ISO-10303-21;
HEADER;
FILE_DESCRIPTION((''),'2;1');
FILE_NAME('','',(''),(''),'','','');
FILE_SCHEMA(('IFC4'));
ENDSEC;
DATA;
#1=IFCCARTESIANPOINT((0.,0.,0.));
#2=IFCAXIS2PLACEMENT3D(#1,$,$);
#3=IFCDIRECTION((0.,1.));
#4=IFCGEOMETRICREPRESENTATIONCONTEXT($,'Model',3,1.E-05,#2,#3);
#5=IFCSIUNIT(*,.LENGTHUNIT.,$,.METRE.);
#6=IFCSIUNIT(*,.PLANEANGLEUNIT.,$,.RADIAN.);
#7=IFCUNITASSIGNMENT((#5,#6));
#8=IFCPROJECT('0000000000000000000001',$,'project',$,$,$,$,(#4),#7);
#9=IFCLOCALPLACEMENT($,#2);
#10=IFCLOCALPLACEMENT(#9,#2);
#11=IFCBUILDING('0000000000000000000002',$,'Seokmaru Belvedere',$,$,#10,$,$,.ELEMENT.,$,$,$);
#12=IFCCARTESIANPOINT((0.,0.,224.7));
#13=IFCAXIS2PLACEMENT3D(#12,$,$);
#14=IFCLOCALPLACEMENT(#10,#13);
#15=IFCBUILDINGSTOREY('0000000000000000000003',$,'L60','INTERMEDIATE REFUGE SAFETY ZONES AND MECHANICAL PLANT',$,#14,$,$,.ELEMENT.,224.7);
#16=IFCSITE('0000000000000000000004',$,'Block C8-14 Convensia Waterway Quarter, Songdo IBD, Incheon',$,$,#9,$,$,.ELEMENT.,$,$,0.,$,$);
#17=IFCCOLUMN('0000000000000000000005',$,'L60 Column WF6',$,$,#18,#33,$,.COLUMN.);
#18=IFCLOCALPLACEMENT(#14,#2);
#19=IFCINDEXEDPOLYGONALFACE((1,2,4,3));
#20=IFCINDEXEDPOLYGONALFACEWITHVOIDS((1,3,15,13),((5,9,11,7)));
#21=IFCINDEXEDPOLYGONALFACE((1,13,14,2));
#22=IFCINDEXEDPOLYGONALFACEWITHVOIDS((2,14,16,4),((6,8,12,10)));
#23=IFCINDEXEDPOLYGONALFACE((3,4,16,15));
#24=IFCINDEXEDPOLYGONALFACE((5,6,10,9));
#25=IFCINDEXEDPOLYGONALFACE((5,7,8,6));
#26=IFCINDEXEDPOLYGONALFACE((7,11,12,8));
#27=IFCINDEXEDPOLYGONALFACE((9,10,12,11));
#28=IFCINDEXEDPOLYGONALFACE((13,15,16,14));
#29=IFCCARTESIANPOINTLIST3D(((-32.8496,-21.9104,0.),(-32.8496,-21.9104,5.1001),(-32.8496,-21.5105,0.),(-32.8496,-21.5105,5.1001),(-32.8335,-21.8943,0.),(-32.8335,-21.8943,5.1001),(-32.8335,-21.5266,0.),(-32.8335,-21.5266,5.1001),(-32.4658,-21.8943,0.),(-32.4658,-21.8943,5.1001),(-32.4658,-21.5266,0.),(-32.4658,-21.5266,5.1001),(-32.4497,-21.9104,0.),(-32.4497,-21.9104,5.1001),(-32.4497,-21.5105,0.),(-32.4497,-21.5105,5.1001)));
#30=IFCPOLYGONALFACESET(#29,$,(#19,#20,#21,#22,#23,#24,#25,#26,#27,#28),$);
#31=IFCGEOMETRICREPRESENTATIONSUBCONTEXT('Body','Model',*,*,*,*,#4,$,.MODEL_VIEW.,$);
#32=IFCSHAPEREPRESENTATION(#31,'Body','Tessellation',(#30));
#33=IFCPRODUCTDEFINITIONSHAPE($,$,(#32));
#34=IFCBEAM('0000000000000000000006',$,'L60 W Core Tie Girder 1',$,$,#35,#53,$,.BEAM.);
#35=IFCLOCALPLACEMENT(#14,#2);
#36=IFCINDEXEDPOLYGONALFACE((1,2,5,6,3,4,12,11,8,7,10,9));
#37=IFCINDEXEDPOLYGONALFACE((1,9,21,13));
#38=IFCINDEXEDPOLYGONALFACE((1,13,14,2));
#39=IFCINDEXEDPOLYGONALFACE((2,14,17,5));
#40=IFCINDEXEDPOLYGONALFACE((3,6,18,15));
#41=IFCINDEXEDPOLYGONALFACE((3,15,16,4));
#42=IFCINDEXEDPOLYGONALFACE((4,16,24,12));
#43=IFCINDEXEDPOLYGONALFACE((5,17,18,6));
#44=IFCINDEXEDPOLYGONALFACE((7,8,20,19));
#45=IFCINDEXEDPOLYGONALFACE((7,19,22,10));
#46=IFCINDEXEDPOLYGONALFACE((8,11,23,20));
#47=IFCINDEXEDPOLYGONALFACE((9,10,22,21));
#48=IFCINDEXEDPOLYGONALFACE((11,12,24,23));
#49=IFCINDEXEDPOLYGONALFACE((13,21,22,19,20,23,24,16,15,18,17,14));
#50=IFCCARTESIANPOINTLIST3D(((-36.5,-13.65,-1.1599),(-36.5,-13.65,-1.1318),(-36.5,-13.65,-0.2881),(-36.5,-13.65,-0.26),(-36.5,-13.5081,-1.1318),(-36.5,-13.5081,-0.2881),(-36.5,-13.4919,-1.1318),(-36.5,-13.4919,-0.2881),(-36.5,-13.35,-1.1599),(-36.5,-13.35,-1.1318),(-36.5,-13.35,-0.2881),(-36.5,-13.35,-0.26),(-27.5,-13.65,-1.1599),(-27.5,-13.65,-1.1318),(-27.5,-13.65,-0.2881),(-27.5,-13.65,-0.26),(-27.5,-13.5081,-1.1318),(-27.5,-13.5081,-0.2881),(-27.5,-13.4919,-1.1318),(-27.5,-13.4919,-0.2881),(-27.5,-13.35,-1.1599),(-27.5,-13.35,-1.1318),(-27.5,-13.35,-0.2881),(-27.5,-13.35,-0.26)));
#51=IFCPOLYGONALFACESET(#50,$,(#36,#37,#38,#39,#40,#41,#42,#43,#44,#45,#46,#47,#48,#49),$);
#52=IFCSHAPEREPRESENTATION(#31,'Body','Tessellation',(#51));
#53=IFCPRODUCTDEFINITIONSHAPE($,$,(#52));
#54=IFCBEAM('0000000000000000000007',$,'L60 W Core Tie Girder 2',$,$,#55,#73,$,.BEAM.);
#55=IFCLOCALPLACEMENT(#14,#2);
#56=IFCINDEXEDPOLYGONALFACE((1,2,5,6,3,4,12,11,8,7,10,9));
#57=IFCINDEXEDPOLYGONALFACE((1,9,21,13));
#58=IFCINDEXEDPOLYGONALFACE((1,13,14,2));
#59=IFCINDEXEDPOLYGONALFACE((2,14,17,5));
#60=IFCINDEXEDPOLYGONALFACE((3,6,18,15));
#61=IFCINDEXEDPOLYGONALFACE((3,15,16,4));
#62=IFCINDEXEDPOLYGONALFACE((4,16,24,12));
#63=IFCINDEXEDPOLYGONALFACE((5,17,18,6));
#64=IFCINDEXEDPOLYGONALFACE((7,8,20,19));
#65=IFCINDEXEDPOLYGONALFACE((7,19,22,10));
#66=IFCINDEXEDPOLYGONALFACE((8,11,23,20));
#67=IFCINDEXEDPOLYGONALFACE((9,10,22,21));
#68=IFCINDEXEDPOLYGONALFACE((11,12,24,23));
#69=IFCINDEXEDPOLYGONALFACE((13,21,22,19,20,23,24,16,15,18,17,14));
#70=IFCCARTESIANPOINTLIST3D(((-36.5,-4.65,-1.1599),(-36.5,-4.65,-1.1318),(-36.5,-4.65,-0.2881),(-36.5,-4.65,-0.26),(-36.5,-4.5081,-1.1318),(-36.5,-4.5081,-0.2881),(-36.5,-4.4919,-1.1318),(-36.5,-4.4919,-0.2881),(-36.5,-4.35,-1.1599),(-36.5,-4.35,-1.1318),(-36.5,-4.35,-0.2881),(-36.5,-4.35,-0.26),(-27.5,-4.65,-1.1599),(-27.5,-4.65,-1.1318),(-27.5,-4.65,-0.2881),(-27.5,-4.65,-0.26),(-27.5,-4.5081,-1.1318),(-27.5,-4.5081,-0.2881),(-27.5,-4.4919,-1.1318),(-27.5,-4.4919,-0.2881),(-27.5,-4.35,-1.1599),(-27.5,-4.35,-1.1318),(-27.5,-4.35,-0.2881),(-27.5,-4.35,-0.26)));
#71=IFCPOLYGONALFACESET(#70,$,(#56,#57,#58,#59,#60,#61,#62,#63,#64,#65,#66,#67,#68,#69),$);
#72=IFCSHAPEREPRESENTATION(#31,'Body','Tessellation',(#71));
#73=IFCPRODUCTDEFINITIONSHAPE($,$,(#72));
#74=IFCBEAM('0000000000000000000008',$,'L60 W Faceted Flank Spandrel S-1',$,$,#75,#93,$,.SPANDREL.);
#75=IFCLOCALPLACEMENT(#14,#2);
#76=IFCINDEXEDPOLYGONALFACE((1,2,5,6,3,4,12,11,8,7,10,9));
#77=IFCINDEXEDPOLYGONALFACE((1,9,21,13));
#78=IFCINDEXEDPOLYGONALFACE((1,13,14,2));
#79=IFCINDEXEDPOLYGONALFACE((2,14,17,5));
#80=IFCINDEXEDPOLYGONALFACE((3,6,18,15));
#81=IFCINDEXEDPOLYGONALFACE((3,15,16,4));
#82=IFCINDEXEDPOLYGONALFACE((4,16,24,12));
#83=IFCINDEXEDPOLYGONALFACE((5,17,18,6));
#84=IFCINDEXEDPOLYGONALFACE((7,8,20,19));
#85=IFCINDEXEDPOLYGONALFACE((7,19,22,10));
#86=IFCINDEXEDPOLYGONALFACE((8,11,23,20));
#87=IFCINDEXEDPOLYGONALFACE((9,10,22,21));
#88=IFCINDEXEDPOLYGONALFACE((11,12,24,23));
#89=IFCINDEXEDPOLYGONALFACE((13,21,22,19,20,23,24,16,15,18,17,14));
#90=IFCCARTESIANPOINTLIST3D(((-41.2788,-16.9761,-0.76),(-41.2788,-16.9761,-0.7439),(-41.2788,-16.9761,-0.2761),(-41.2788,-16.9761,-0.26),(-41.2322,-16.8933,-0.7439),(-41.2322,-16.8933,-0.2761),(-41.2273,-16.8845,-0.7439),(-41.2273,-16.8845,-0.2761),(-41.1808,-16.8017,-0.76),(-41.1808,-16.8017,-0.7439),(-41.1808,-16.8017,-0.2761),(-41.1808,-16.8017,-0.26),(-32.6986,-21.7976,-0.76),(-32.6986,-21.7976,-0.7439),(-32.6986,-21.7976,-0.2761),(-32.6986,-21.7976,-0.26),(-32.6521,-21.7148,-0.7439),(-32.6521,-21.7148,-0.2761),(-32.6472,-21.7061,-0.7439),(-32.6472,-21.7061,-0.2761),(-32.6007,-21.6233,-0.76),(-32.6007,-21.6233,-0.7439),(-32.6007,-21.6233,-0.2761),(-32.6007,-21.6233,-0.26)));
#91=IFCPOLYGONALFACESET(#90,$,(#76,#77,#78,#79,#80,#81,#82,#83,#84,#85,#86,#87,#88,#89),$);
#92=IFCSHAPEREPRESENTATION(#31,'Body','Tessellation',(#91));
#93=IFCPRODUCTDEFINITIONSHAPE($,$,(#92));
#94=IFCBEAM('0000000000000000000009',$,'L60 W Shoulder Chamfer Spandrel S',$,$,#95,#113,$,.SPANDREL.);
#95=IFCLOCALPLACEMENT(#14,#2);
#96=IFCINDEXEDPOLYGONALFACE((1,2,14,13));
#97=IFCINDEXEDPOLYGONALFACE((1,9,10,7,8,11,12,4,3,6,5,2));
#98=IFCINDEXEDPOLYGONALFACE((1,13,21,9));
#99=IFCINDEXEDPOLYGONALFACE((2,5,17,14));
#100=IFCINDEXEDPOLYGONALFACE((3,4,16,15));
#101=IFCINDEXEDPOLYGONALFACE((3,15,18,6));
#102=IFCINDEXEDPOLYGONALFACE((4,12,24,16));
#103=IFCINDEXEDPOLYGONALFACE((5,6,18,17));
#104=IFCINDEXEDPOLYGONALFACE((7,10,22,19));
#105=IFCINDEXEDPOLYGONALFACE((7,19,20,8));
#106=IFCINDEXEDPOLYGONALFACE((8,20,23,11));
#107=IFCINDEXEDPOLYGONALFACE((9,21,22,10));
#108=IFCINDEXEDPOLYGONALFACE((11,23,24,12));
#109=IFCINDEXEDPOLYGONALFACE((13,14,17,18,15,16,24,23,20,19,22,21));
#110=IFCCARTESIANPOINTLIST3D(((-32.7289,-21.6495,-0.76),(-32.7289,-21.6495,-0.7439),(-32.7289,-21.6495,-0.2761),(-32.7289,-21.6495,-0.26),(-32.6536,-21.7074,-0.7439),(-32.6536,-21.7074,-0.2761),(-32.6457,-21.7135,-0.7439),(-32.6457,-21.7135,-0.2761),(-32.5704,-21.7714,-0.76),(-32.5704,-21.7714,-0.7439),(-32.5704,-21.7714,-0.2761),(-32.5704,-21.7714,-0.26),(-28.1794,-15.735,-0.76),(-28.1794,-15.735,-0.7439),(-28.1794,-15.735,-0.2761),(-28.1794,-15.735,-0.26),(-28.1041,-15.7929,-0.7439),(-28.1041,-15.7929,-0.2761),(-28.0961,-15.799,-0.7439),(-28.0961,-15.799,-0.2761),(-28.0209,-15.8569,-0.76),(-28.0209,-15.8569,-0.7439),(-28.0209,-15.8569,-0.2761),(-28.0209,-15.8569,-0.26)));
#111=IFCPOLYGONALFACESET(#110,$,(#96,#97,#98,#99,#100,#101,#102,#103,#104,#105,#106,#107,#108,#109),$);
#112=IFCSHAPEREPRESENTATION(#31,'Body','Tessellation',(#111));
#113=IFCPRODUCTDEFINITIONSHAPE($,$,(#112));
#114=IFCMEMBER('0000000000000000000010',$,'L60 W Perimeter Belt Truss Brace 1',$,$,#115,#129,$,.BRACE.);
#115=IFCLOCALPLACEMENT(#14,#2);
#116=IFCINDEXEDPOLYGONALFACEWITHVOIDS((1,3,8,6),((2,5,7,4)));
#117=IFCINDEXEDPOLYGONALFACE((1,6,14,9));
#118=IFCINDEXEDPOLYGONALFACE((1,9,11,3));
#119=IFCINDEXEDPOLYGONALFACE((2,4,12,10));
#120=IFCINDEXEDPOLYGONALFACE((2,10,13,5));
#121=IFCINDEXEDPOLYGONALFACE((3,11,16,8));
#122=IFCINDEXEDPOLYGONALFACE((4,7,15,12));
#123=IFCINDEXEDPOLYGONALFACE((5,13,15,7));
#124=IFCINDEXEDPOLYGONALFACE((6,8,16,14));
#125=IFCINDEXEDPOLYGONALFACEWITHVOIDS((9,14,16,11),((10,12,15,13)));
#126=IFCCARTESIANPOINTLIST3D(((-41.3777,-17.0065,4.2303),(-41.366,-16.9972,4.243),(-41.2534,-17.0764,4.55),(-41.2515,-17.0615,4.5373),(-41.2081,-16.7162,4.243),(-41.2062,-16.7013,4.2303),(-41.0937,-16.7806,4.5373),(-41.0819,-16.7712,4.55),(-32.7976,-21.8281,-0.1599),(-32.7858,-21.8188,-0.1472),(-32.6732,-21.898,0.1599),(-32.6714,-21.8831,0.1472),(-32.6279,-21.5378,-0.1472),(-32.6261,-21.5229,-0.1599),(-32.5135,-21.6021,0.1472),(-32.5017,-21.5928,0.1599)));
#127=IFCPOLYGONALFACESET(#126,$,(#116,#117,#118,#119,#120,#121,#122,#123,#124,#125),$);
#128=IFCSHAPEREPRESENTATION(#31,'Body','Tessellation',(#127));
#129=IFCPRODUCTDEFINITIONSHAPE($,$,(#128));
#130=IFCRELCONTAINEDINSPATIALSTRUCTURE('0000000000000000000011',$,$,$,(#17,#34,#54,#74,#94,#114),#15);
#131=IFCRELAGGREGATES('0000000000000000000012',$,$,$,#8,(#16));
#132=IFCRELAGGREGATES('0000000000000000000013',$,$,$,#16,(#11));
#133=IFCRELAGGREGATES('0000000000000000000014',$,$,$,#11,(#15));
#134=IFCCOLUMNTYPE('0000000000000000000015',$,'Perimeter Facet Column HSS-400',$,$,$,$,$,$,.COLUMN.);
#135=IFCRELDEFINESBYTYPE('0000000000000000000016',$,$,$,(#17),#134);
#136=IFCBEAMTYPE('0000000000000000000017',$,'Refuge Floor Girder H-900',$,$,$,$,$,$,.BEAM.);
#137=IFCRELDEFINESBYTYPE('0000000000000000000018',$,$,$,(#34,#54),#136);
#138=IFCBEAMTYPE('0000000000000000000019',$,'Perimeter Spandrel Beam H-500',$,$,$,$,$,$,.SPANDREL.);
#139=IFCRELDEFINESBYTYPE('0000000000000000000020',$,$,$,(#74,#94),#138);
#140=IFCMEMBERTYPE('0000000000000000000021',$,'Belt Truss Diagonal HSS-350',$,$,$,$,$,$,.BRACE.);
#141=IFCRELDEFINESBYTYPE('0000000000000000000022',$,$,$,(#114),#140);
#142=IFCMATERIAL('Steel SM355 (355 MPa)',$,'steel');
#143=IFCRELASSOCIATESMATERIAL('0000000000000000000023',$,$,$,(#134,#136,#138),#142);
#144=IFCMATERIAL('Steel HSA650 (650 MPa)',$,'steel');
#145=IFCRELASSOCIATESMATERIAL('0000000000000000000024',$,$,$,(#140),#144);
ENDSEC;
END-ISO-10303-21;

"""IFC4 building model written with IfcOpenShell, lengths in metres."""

from ifc_helpers import new_model, si_unit, direction, frame, origin, origin_2d, place, context, subcontext, project, spatial, hollow_rectangle, i_section, extrude, source, transform, mapped, material, material_profile, profile_set, type_object, type_shapes, element, save


model = new_model("IFC4")

# Units and contexts
model_context = context("Model", 3, precision=1e-05, world=origin(), true_north=direction((0.0, 1.0)))
body_context = subcontext(model_context, "Body", "Model", "MODEL_VIEW")
ifc_project = project(units=[si_unit("LENGTHUNIT", "METRE"), si_unit("PLANEANGLEUNIT", "RADIAN")], contexts=[model_context])

# Site, building, storey
site_placement = place(None, origin())
site = spatial("IfcSite", under=ifc_project, at=site_placement, Name="Block C8-14 Convensia Waterway Quarter, Songdo IBD, Incheon", CompositionType="ELEMENT", RefElevation=0.0)
building_placement = place(site_placement, origin())
building = spatial("IfcBuilding", under=site, at=building_placement, Name="Seokmaru Belvedere", CompositionType="ELEMENT")
storey_placement = place(building_placement, frame((0.0, 0.0, 224.7)))
storey = spatial("IfcBuildingStorey", under=building, at=storey_placement, Name="L60", Description="INTERMEDIATE REFUGE SAFETY ZONES AND MECHANICAL PLANT", CompositionType="ELEMENT", Elevation=224.7)

# Column
ifc_material_1 = material(Name="Steel SM355 (355 MPa)", Category="steel")
ifc_material_profile_1 = material_profile(ifc_material_1, hollow_rectangle(XDim=0.3999, YDim=0.3999, WallThickness=0.0161, at=origin_2d()), Name="HSS-400x400x16")
ifc_profile_set_1 = profile_set([ifc_material_profile_1], Name="Steel SM355 (355 MPa)")
column_type = type_object("IfcColumnType", Name="Perimeter Facet Column HSS-400", PredefinedType="COLUMN", material=ifc_profile_set_1)
shared_shape_1 = source(origin(), body_context, "Body", "SweptSolid", [
    extrude(hollow_rectangle(XDim=0.3999, YDim=0.3999, WallThickness=0.0161, at=origin_2d()), origin(), (0.0, 0.0, 1.0), 5.1001),
])
type_shapes(column_type, [shared_shape_1])
column_placement = place(storey_placement, frame((-32.6497, -21.7104, 0.0), z_axis=(0.0, 0.0, 1.0), x_axis=(1.0, 0.0, 0.0)))
element("IfcColumn", 1, at=column_placement, inside=storey, type_object=column_type, Name="L60 Column WF6", PredefinedType="COLUMN", context=body_context, shape_type="MappedRepresentation", body=[
    mapped(shared_shape_1, transform((0.0, 0.0, 0.0), scale=1.0)),
])

# Beams
ifc_material_profile_2 = material_profile(ifc_material_1, i_section(OverallWidth=0.3, OverallDepth=0.8999, WebThickness=0.0161, FlangeThickness=0.0281, at=origin_2d()), Name="H-900x300x16x28")
ifc_profile_set_2 = profile_set([ifc_material_profile_2], Name="Steel SM355 (355 MPa)")
beam_type_1 = type_object("IfcBeamType", Name="Refuge Floor Girder H-900", PredefinedType="BEAM", material=ifc_profile_set_2)
shared_shape_2 = source(origin(), body_context, "Body", "SweptSolid", [
    extrude(i_section(OverallWidth=0.3, OverallDepth=0.8999, WebThickness=0.0161, FlangeThickness=0.0281, at=origin_2d()), origin(), (0.0, 0.0, 1.0), 9.0),
])
type_shapes(beam_type_1, [shared_shape_2])
for number, where, z_axis, x_axis, name in (
    (2, (-36.5, -13.5, -0.71), (1.0, 0.0, 0.0), (0.0, 1.0, 0.0), "L60 W Core Tie Girder 1"),
    (3, (-36.5, -4.5, -0.71), (1.0, 0.0, 0.0), (0.0, 1.0, 0.0), "L60 W Core Tie Girder 2"),
):
    element("IfcBeam", number, at=place(storey_placement, frame(where, z_axis=z_axis, x_axis=x_axis)), inside=storey, type_object=beam_type_1, Name=name, PredefinedType="BEAM", context=body_context, shape_type="MappedRepresentation", body=[
        mapped(shared_shape_2, transform((0.0, 0.0, 0.0), scale=1.0)),
    ])
ifc_material_profile_3 = material_profile(ifc_material_1, i_section(OverallWidth=0.2, OverallDepth=0.5, WebThickness=0.01, FlangeThickness=0.0161, at=origin_2d()), Name="H-500x200x10x16")
ifc_profile_set_3 = profile_set([ifc_material_profile_3], Name="Steel SM355 (355 MPa)")
beam_type_2 = type_object("IfcBeamType", Name="Perimeter Spandrel Beam H-500", PredefinedType="SPANDREL", material=ifc_profile_set_3)
shared_shape_3 = source(origin(), body_context, "Body", "SweptSolid", [
    extrude(i_section(OverallWidth=0.2, OverallDepth=0.5, WebThickness=0.01, FlangeThickness=0.0161, at=origin_2d()), origin(), (0.0, 0.0, 1.0), 9.842),
])
beam_1_placement = place(storey_placement, frame((-32.6497, -21.7104, -0.51), z_axis=(-0.871782, 0.489894, 0.0), x_axis=(-0.489894, -0.871782, 0.0)))
element("IfcBeam", 4, at=beam_1_placement, inside=storey, type_object=beam_type_2, Name="L60 W Faceted Flank Spandrel S-1", PredefinedType="SPANDREL", context=body_context, shape_type="MappedRepresentation", body=[
    mapped(shared_shape_3, transform((0.0, 0.0, 0.0), scale=1.0)),
])
shared_shape_4 = source(origin(), body_context, "Body", "SweptSolid", [
    extrude(i_section(OverallWidth=0.2, OverallDepth=0.5, WebThickness=0.01, FlangeThickness=0.0161, at=origin_2d()), origin(), (0.0, 0.0, 1.0), 7.4619),
])
type_shapes(beam_type_2, [shared_shape_3, shared_shape_4])
beam_2_placement = place(storey_placement, frame((-32.6497, -21.7104, -0.51), z_axis=(0.609703, 0.79263, 0.0), x_axis=(-0.79263, 0.609703, 0.0)))
element("IfcBeam", 5, at=beam_2_placement, inside=storey, type_object=beam_type_2, Name="L60 W Shoulder Chamfer Spandrel S", PredefinedType="SPANDREL", context=body_context, shape_type="MappedRepresentation", body=[
    mapped(shared_shape_4, transform((0.0, 0.0, 0.0), scale=1.0)),
])

# Member
ifc_material_2 = material(Name="Steel HSA650 (650 MPa)", Category="steel")
ifc_material_profile_4 = material_profile(ifc_material_2, hollow_rectangle(XDim=0.3501, YDim=0.3501, WallThickness=0.0139, at=origin_2d()), Name="HSS-350x350x14")
ifc_profile_set_4 = profile_set([ifc_material_profile_4], Name="Steel HSA650 (650 MPa)")
member_type_1 = type_object("IfcMemberType", Name="Belt Truss Diagonal HSS-350", PredefinedType="BRACE", material=ifc_profile_set_4)
shared_shape_5 = source(origin(), body_context, "Body", "SweptSolid", [
    extrude(hollow_rectangle(XDim=0.3501, YDim=0.3501, WallThickness=0.0139, at=origin_2d()), origin(), (0.0, 0.0, 1.0), 10.7769),
])
type_shapes(member_type_1, [shared_shape_5])
member_1_placement = place(storey_placement, frame((-32.6497, -21.7104, 0.0), z_axis=(-0.796166, 0.447402, 0.407371), x_axis=(-0.489894, -0.871782, 0.0)))
element("IfcMember", 6, at=member_1_placement, inside=storey, type_object=member_type_1, Name="L60 W Perimeter Belt Truss Brace 1", PredefinedType="BRACE", context=body_context, shape_type="MappedRepresentation", body=[
    mapped(shared_shape_5, transform((0.0, 0.0, 0.0), scale=1.0)),
])

save(model, "model.ifc")
